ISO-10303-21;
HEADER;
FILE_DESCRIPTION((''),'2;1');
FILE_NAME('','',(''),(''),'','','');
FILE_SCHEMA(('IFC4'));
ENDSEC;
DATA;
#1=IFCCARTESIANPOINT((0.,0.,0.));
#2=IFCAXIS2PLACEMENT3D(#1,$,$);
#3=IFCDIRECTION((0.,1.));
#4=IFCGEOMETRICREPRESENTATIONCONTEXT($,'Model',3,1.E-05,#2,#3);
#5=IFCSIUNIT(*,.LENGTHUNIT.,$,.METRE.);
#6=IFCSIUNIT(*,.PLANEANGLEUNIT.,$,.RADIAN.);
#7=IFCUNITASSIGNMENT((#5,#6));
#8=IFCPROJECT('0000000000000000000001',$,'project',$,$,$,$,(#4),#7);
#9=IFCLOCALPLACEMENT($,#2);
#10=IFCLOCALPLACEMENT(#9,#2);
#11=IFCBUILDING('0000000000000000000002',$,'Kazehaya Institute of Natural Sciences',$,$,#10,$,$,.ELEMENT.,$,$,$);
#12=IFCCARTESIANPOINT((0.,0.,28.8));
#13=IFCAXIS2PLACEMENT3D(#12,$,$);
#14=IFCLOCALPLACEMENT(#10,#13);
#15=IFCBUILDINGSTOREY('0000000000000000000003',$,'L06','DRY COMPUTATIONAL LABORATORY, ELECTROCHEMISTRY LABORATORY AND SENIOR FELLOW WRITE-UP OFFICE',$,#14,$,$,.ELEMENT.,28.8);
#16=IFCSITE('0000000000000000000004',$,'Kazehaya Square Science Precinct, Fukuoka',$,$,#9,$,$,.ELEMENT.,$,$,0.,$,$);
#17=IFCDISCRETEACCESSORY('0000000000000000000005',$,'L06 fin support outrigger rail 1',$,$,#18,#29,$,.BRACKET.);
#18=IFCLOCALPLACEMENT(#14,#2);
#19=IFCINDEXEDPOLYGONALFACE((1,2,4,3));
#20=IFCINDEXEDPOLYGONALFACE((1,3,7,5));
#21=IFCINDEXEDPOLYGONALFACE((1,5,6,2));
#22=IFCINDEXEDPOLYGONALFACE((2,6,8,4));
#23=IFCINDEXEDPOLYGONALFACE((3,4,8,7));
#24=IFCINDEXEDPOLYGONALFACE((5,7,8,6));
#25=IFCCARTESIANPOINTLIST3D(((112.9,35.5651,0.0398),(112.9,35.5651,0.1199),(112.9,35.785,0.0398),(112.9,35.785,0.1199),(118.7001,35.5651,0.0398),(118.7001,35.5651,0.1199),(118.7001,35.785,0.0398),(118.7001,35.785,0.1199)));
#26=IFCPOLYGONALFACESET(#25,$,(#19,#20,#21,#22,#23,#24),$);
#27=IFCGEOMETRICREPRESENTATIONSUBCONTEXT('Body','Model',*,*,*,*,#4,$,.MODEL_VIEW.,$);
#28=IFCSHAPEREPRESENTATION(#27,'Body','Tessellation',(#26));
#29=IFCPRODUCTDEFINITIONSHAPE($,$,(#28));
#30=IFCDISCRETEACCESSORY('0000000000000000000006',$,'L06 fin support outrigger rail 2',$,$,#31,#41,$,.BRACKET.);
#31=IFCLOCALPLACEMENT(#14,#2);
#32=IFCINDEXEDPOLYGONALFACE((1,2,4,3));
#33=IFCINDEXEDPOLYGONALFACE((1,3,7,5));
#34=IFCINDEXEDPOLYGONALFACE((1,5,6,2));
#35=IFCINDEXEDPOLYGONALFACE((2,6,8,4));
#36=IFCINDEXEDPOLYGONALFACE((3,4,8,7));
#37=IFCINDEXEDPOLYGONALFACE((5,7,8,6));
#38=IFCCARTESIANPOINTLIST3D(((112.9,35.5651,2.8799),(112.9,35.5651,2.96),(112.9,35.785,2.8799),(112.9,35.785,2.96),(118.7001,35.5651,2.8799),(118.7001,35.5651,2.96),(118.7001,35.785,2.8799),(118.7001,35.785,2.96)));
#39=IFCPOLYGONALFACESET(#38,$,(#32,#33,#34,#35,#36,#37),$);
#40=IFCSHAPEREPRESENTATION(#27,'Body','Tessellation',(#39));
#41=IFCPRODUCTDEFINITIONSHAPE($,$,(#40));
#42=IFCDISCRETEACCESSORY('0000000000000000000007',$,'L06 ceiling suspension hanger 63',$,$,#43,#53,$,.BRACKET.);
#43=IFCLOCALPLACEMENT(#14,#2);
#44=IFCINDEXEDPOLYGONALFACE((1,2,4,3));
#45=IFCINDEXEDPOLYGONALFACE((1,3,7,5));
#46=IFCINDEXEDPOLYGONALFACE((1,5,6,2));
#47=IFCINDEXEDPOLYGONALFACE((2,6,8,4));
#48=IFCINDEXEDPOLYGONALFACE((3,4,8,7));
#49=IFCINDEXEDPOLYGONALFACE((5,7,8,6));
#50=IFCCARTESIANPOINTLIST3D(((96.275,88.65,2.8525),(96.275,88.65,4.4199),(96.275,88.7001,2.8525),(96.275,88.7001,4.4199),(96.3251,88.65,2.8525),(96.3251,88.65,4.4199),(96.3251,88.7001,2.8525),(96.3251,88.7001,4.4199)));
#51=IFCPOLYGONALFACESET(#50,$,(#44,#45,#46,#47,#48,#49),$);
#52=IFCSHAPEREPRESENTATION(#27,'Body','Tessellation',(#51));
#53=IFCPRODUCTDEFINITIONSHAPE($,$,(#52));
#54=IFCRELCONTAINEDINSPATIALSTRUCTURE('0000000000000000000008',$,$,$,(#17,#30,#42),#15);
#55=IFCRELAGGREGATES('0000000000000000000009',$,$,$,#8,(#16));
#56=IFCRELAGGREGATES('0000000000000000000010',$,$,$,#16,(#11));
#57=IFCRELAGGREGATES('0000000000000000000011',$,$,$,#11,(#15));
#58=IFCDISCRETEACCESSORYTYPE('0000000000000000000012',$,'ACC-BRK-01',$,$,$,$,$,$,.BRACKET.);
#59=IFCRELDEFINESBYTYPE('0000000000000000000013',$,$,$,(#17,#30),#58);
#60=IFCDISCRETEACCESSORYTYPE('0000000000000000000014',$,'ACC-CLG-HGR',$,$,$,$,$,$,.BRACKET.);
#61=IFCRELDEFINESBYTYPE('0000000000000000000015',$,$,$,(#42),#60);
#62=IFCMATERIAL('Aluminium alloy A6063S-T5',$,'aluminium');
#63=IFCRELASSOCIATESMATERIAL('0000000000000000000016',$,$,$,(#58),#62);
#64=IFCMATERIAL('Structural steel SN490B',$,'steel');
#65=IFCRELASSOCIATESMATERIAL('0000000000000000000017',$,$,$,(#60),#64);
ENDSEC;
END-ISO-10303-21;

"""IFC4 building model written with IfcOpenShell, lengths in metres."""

from ifc_helpers import new_model, si_unit, direction, frame, origin, origin_2d, place, context, subcontext, project, spatial, rectangle, extrude, material, type_object, element, save


model = new_model("IFC4")

# Units and contexts
model_context = context("Model", 3, precision=1e-05, world=origin(), true_north=direction((0.0, 1.0)))
body_context = subcontext(model_context, "Body", "Model", "MODEL_VIEW")
ifc_project = project(units=[si_unit("LENGTHUNIT", "METRE"), si_unit("PLANEANGLEUNIT", "RADIAN")], contexts=[model_context])

# Site, building, storey
site_placement = place(None, origin())
site = spatial("IfcSite", under=ifc_project, at=site_placement, Name="Kazehaya Square Science Precinct, Fukuoka", CompositionType="ELEMENT", RefElevation=0.0)
building_placement = place(site_placement, origin())
building = spatial("IfcBuilding", under=site, at=building_placement, Name="Kazehaya Institute of Natural Sciences", CompositionType="ELEMENT")
storey_placement = place(building_placement, frame((0.0, 0.0, 28.8)))
storey = spatial("IfcBuildingStorey", under=building, at=storey_placement, Name="L06", Description="DRY COMPUTATIONAL LABORATORY, ELECTROCHEMISTRY LABORATORY AND SENIOR FELLOW WRITE-UP OFFICE", CompositionType="ELEMENT", Elevation=28.8)

# Discrete accessories
ifc_material_1 = material(Name="Aluminium alloy A6063S-T5", Category="aluminium")
discrete_accessory_type_1 = type_object("IfcDiscreteAccessoryType", Name="ACC-BRK-01", PredefinedType="BRACKET", material=ifc_material_1)
for number, where, z_axis, x_axis, name in (
    (1, (115.8, 35.675, 0.0398), (0.0, 0.0, 1.0), (1.0, 0.0, 0.0), "L06 fin support outrigger rail 1"),
    (2, (115.8, 35.675, 2.8799), (0.0, 0.0, 1.0), (1.0, 0.0, 0.0), "L06 fin support outrigger rail 2"),
):
    element("IfcDiscreteAccessory", number, at=place(storey_placement, frame(where, z_axis=z_axis, x_axis=x_axis)), inside=storey, type_object=discrete_accessory_type_1, Name=name, PredefinedType="BRACKET", context=body_context, shape_type="SweptSolid", body=[
        extrude(rectangle(XDim=5.8, YDim=0.22, at=origin_2d()), origin(), (0.0, 0.0, 1.0), 0.0801),
    ])
ifc_material_2 = material(Name="Structural steel SN490B", Category="steel")
discrete_accessory_type_2 = type_object("IfcDiscreteAccessoryType", Name="ACC-CLG-HGR", PredefinedType="BRACKET", material=ifc_material_2)
discrete_accessory_placement = place(storey_placement, frame((96.3, 88.675, 2.8525), z_axis=(0.0, 0.0, 1.0), x_axis=(1.0, 0.0, 0.0)))
element("IfcDiscreteAccessory", 3, at=discrete_accessory_placement, inside=storey, type_object=discrete_accessory_type_2, Name="L06 ceiling suspension hanger 63", PredefinedType="BRACKET", context=body_context, shape_type="SweptSolid", body=[
    extrude(rectangle(XDim=0.05, YDim=0.05, at=origin_2d()), origin(), (0.0, 0.0, 1.0), 1.5674),
])

save(model, "model.ifc")
